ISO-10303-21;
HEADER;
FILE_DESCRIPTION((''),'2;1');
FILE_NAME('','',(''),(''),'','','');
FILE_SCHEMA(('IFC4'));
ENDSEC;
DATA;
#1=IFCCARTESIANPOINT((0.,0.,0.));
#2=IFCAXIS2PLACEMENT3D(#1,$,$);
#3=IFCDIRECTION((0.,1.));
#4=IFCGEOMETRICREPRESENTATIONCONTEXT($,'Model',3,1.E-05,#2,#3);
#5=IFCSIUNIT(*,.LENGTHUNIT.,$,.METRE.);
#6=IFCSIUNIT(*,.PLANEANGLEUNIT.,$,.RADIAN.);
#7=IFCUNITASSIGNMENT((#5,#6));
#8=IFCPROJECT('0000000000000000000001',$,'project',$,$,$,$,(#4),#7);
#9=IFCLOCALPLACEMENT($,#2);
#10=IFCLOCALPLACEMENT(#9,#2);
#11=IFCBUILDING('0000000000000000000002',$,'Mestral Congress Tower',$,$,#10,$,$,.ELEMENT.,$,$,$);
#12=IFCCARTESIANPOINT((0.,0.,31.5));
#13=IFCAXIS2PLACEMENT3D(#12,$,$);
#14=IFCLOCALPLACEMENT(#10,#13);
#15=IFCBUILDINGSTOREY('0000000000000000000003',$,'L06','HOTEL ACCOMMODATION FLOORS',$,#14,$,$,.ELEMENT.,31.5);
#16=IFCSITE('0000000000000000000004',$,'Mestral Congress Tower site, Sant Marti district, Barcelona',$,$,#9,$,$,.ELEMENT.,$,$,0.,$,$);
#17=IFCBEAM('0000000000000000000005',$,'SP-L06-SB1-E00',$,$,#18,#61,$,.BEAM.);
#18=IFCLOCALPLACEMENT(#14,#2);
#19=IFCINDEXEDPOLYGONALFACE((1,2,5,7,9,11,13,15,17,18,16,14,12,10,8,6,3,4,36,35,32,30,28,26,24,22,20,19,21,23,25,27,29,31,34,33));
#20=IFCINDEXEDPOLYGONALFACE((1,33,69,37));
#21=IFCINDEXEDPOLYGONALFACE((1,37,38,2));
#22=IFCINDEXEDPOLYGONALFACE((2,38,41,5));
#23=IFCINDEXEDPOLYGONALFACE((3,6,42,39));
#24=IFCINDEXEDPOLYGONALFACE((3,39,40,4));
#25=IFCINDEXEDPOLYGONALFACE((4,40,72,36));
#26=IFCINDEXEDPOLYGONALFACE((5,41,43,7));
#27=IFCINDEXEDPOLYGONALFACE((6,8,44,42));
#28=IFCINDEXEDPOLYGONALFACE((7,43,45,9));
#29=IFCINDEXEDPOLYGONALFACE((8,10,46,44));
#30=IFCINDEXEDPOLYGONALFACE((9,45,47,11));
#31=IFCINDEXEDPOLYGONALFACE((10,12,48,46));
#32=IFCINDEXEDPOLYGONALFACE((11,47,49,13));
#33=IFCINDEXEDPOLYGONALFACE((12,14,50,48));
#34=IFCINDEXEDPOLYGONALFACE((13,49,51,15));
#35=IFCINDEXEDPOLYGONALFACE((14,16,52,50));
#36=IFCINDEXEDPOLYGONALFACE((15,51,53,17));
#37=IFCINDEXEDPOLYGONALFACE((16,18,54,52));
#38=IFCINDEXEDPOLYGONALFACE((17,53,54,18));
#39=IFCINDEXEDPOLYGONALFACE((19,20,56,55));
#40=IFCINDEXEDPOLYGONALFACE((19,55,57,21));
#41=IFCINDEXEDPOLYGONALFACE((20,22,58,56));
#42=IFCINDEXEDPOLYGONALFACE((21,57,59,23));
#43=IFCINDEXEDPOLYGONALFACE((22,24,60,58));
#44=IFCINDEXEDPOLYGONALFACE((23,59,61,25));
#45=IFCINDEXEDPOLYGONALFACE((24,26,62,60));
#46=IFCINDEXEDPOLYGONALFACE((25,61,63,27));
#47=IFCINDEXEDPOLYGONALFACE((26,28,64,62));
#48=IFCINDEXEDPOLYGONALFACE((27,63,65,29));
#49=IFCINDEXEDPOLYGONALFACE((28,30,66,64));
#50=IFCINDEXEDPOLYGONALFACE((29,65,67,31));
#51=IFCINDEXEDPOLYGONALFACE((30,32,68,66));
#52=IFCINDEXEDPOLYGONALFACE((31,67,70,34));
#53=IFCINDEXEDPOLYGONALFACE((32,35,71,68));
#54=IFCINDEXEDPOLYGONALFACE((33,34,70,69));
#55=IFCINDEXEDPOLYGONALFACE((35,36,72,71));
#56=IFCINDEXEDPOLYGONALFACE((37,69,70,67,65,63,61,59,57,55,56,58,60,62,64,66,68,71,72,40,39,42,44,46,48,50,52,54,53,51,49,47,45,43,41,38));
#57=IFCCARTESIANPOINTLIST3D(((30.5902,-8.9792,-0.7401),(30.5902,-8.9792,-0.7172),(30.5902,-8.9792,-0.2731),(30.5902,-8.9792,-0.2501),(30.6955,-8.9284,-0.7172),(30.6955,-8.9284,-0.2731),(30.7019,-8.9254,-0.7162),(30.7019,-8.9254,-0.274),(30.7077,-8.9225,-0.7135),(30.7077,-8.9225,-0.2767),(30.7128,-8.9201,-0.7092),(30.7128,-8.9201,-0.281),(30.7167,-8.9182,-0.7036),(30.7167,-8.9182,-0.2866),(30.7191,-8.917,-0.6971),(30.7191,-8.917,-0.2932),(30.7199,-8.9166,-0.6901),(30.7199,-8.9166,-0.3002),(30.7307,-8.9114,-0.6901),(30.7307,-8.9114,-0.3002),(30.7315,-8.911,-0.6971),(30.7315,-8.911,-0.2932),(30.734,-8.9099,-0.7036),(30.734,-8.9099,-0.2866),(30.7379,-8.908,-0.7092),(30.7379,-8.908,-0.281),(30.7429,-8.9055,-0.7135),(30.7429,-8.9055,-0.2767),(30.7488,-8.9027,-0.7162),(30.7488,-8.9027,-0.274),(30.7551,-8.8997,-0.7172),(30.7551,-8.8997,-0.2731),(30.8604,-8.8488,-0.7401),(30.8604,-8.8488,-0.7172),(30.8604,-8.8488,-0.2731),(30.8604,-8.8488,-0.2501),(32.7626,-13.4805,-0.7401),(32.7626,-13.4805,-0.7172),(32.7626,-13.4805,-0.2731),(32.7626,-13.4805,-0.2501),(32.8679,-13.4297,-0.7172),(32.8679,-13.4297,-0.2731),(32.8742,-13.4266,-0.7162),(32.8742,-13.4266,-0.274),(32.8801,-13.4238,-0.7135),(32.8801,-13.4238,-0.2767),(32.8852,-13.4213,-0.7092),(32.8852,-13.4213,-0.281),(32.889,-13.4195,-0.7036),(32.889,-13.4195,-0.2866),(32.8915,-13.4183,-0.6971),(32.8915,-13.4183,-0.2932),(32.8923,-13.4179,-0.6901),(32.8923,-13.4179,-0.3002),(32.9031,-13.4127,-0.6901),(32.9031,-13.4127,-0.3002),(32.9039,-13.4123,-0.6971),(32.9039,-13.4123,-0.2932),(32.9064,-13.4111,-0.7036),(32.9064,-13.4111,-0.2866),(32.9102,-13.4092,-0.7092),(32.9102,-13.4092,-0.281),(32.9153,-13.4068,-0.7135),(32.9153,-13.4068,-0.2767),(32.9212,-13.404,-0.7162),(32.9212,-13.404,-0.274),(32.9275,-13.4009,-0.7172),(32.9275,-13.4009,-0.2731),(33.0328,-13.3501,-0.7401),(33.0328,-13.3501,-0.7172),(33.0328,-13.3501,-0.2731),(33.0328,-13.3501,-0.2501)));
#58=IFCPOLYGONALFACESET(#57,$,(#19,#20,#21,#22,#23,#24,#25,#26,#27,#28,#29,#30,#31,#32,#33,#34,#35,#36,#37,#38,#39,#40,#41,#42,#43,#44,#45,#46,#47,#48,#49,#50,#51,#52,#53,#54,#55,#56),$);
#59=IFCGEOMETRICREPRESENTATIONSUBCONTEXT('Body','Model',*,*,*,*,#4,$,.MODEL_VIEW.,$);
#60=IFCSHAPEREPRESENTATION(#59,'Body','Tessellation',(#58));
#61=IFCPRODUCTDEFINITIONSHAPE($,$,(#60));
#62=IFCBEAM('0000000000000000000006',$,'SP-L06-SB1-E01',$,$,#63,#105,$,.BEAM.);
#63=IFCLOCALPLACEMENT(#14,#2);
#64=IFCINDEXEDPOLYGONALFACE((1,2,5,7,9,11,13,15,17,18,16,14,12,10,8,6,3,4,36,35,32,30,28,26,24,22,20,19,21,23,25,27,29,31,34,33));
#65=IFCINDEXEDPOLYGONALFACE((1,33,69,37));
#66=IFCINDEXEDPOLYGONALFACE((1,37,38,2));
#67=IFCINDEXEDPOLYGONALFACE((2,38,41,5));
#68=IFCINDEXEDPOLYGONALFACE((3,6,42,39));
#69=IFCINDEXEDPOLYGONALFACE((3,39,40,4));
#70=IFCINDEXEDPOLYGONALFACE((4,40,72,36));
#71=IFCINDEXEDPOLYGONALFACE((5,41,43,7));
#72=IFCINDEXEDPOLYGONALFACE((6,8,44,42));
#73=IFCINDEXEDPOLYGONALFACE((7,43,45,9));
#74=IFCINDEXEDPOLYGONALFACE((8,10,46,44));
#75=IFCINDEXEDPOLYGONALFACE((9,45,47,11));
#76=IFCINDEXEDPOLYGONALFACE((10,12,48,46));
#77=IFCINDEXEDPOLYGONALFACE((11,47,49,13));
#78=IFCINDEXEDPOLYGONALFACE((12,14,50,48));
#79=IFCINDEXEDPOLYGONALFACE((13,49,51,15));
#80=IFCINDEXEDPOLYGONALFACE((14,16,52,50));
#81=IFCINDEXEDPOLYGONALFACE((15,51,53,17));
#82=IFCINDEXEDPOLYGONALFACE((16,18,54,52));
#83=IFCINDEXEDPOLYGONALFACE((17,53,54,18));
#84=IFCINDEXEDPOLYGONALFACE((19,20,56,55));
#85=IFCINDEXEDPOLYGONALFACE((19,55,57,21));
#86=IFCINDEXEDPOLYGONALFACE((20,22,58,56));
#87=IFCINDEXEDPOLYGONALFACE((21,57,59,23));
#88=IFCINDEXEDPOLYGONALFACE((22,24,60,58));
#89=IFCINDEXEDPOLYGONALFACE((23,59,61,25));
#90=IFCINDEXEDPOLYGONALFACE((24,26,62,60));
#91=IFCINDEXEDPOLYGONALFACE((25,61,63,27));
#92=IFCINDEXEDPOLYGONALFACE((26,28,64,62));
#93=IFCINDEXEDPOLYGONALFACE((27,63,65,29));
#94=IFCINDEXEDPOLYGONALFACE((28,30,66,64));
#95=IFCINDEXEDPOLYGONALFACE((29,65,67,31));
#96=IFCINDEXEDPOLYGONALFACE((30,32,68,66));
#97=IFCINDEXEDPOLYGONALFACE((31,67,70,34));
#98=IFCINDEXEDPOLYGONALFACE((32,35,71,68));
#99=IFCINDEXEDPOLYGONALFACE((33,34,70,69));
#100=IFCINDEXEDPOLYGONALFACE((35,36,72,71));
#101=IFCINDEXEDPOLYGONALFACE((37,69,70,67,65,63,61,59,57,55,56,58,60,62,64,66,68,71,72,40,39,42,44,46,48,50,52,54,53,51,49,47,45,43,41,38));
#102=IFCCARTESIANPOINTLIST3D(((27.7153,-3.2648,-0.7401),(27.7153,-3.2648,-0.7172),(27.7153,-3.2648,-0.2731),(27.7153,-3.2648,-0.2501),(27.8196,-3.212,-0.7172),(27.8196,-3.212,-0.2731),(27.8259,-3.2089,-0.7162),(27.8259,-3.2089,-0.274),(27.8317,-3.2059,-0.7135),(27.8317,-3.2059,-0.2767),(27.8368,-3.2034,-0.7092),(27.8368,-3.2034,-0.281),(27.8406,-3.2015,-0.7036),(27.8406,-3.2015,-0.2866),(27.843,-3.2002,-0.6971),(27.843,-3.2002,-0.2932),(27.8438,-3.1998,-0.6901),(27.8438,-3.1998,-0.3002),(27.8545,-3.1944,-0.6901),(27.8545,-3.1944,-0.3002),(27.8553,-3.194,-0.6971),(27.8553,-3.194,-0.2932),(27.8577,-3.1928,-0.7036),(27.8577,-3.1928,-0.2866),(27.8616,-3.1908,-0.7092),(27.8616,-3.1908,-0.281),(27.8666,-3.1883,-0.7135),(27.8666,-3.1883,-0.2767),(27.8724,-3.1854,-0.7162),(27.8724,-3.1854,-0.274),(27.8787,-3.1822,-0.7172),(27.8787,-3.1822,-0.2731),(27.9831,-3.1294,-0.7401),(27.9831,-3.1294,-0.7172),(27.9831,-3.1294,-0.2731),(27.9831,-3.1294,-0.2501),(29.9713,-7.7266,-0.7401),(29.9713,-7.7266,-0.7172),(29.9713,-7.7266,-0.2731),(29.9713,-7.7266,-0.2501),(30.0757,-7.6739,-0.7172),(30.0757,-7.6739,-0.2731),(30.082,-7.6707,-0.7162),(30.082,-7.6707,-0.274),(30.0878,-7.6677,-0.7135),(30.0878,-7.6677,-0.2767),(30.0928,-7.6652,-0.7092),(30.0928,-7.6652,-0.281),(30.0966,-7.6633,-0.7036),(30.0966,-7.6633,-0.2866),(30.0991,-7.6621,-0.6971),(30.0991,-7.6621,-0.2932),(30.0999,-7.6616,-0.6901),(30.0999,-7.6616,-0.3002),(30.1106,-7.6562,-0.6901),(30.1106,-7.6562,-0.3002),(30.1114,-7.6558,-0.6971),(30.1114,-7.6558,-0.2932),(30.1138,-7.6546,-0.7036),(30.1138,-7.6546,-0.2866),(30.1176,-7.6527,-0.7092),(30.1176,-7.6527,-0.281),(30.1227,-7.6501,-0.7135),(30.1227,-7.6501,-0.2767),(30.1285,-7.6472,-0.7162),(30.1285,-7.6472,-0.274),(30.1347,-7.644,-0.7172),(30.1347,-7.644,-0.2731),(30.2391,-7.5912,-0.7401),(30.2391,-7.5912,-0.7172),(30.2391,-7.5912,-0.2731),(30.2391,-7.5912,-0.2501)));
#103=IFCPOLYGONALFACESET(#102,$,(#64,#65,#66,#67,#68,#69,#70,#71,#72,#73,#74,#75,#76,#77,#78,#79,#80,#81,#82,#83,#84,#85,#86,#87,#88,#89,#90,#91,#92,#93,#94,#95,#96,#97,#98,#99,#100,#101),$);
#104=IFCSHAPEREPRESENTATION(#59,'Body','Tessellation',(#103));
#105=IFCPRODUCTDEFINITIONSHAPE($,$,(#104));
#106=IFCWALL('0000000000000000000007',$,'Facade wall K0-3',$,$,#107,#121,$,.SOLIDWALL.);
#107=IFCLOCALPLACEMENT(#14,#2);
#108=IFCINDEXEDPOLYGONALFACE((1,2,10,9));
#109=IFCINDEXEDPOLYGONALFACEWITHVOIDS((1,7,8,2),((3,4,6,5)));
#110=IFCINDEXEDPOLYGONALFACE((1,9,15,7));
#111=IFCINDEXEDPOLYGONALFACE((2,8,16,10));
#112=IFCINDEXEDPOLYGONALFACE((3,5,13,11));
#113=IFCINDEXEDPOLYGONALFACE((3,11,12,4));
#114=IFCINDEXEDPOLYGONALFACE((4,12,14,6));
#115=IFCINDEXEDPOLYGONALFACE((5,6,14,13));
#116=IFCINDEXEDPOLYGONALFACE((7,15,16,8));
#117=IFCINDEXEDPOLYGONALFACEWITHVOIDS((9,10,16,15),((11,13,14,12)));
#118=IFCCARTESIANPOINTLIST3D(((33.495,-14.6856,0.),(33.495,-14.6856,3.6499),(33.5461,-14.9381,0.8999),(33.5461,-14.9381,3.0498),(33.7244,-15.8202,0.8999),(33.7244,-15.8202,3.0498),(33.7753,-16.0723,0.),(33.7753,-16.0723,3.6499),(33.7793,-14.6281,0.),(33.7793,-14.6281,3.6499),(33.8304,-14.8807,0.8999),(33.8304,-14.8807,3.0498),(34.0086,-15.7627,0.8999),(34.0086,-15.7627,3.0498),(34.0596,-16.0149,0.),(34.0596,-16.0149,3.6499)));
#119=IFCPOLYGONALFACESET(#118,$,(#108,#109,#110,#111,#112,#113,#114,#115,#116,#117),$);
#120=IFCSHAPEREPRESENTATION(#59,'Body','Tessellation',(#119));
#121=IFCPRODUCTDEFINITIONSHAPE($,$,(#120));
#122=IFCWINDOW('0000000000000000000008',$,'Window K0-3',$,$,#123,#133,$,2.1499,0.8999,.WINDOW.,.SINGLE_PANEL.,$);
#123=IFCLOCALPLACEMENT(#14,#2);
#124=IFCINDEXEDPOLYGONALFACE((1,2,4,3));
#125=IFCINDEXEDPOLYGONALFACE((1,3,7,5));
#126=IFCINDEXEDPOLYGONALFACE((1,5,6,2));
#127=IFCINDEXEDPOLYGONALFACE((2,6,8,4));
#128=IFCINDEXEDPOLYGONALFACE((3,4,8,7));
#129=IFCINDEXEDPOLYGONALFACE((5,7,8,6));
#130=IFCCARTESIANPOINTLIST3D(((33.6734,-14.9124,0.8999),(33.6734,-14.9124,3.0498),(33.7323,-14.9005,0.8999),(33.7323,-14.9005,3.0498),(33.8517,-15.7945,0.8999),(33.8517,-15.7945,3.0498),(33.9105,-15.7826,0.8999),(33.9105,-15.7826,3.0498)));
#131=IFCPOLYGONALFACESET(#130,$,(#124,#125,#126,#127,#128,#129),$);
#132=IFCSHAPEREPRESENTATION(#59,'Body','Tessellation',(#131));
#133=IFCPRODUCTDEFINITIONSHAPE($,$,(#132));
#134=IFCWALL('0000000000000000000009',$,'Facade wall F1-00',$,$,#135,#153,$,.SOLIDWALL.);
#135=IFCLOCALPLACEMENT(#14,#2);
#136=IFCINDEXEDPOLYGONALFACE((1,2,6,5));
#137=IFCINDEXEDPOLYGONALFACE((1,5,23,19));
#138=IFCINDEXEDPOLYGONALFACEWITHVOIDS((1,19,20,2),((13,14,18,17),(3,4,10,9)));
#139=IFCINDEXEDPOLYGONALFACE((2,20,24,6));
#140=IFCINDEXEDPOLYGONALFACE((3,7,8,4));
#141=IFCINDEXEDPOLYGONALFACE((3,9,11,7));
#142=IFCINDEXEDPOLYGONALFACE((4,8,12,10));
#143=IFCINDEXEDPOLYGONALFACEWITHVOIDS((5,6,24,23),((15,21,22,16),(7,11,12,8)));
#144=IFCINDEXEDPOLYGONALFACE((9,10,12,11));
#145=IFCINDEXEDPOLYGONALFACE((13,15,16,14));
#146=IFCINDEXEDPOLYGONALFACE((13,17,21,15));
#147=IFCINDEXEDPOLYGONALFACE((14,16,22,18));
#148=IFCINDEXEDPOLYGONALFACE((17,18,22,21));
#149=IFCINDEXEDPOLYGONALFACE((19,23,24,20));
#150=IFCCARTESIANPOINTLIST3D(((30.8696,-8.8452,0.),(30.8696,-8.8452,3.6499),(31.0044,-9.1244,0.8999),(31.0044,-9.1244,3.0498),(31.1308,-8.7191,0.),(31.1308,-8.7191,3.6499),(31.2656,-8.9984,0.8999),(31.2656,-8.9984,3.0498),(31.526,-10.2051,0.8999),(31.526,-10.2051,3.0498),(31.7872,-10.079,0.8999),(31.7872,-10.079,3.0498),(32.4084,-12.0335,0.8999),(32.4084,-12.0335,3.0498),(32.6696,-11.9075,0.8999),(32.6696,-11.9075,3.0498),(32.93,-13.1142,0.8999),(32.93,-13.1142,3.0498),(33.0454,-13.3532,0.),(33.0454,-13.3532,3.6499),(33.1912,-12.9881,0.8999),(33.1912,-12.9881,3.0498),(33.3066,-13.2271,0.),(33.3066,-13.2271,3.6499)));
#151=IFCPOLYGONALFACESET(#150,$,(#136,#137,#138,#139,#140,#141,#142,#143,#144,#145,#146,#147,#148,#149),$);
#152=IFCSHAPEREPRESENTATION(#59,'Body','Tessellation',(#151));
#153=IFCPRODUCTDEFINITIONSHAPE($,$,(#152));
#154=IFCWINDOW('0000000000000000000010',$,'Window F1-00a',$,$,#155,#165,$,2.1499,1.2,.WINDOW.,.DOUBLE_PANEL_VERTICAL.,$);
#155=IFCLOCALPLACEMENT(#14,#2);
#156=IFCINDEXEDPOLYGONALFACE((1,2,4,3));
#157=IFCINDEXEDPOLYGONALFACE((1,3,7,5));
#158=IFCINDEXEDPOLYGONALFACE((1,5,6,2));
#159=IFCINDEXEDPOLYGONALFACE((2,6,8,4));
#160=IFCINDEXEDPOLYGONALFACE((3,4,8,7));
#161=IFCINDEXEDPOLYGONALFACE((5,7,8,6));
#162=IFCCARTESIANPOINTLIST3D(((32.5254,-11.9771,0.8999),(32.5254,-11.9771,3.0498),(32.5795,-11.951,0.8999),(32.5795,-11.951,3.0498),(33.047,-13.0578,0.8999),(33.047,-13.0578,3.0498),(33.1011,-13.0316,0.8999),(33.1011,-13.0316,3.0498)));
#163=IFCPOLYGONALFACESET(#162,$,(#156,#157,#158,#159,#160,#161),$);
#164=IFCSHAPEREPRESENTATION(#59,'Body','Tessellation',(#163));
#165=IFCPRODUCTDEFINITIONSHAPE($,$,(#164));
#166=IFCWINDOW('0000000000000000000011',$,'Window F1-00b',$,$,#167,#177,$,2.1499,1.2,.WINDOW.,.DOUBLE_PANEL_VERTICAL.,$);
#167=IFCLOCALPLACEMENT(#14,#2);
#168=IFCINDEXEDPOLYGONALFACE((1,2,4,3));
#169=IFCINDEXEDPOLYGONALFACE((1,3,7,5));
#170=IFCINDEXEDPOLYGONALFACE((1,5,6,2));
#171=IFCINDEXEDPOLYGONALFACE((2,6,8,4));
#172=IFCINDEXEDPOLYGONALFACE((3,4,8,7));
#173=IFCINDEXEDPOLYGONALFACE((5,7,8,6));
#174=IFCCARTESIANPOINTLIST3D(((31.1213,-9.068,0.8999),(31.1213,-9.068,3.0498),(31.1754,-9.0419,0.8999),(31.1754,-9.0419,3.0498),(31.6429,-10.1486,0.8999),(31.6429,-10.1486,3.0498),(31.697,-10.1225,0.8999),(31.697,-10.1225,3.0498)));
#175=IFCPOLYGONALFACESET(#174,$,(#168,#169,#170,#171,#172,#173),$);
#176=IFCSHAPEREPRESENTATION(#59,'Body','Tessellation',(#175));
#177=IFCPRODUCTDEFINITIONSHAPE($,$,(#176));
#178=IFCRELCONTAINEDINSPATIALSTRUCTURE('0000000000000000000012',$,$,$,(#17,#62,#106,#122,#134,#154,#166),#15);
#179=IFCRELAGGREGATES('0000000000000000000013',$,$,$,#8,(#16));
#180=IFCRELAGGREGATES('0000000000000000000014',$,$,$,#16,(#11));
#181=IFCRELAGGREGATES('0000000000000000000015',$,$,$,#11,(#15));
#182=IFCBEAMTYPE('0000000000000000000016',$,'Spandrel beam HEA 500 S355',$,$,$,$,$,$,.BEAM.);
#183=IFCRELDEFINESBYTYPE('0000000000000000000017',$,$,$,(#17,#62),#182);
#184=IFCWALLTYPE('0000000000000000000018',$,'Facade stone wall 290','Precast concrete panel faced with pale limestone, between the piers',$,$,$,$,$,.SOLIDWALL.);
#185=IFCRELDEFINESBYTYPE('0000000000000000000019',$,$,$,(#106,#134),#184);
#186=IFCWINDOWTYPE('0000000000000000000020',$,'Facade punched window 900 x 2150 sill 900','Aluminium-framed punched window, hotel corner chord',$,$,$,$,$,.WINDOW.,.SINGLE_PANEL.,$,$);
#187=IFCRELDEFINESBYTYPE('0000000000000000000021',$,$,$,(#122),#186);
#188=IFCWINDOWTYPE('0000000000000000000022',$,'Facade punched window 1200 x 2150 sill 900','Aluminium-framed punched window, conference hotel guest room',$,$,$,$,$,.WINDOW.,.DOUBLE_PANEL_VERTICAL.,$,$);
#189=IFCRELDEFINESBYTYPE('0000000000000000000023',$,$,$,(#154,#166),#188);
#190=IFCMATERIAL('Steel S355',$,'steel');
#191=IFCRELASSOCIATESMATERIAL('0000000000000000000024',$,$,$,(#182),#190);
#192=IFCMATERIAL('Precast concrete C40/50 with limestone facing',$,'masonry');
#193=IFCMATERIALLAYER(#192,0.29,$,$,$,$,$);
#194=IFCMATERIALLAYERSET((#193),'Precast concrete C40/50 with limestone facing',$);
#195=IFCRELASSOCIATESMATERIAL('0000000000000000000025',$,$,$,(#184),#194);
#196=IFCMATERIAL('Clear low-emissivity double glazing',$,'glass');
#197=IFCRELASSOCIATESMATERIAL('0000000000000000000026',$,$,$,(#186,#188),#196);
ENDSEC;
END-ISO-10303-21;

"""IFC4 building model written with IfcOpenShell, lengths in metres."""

from ifc_helpers import new_model, si_unit, direction, frame, frame_2d, origin, origin_2d, place, context, subcontext, project, spatial, rectangle, i_section, extrude, material, layer, layer_set, material_profile, profile_set, type_object, element, fill, save


model = new_model("IFC4")

# Units and contexts
model_context = context("Model", 3, precision=1e-05, world=origin(), true_north=direction((0.0, 1.0)))
body_context = subcontext(model_context, "Body", "Model", "MODEL_VIEW")
ifc_project = project(units=[si_unit("LENGTHUNIT", "METRE"), si_unit("PLANEANGLEUNIT", "RADIAN")], contexts=[model_context])

# Site, building, storey
site_placement = place(None, origin())
site = spatial("IfcSite", under=ifc_project, at=site_placement, Name="Mestral Congress Tower site, Sant Marti district, Barcelona", CompositionType="ELEMENT", RefElevation=0.0)
building_placement = place(site_placement, origin())
building = spatial("IfcBuilding", under=site, at=building_placement, Name="Mestral Congress Tower", CompositionType="ELEMENT")
storey_placement = place(building_placement, frame((0.0, 0.0, 31.5)))
storey = spatial("IfcBuildingStorey", under=building, at=storey_placement, Name="L06", Description="HOTEL ACCOMMODATION FLOORS", CompositionType="ELEMENT", Elevation=31.5)

# Beams
ifc_material_1 = material(Name="Steel S355", Category="steel")
ifc_material_profile_1 = material_profile(ifc_material_1, i_section(OverallWidth=0.3, OverallDepth=0.49, WebThickness=0.012, FlangeThickness=0.0229, FilletRadius=0.0271, at=origin_2d()), Name="HEA 500")
ifc_profile_set_1 = profile_set([ifc_material_profile_1], Name="Steel S355")
beam_type_1 = type_object("IfcBeamType", Name="Spandrel beam HEA 500 S355", PredefinedType="BEAM", material=ifc_profile_set_1)
beam_1_placement = place(storey_placement, frame((32.8977, -13.4153, -0.4951), z_axis=(-0.434645, 0.900602, 0.0), x_axis=(-0.900602, -0.434645, 0.0)))
element("IfcBeam", 1, at=beam_1_placement, inside=storey, type_object=beam_type_1, Name="SP-L06-SB1-E00", PredefinedType="BEAM", context=body_context, shape_type="SweptSolid", body=[
    extrude(i_section(OverallWidth=0.3, OverallDepth=0.49, WebThickness=0.012, FlangeThickness=0.0229, FilletRadius=0.0271, at=origin_2d()), origin(), (0.0, 0.0, 1.0), 4.998),
])
beam_2_placement = place(storey_placement, frame((30.1052, -7.6589, -0.4951), z_axis=(-0.451233, 0.892406, 0.0), x_axis=(-0.892406, -0.451233, 0.0)))
element("IfcBeam", 2, at=beam_2_placement, inside=storey, type_object=beam_type_1, Name="SP-L06-SB1-E01", PredefinedType="BEAM", context=body_context, shape_type="SweptSolid", body=[
    extrude(i_section(OverallWidth=0.3, OverallDepth=0.49, WebThickness=0.012, FlangeThickness=0.0229, FilletRadius=0.0271, at=origin_2d()), origin(), (0.0, 0.0, 1.0), 4.9998),
])

# Wall, opening, window
ifc_material_2 = material(Name="Precast concrete C40/50 with limestone facing", Category="masonry")
ifc_layer_1 = layer(ifc_material_2, 0.29)
ifc_layer_set_1 = layer_set([ifc_layer_1], Name="Precast concrete C40/50 with limestone facing")
wall_type_1 = type_object("IfcWallType", Name="Facade stone wall 290", Description="Precast concrete panel faced with pale limestone, between the piers", PredefinedType="SOLIDWALL", material=ifc_layer_set_1)
wall_1_placement = place(storey_placement, frame((33.9175, -16.0437, 0.0), z_axis=(0.0, 0.0, 1.0), x_axis=(-0.198107, 0.98018, 0.0)))
wall_1 = element("IfcWall", 3, at=wall_1_placement, inside=storey, type_object=wall_type_1, Name="Facade wall K0-3", PredefinedType="SOLIDWALL", context=body_context, shape_type="SweptSolid", body=[
    extrude(rectangle(XDim=1.4148, YDim=0.29, at=frame_2d((0.7075, 0.0))), origin(), (0.0, 0.0, 1.0), 3.6499),
])
opening_1_placement = place(wall_1_placement, frame((0.2573, 0.0, 0.8999)))
opening_1 = element("IfcOpeningElement", 4, at=opening_1_placement, cuts=wall_1, PredefinedType="OPENING", context=body_context, shape_type="SweptSolid", body=[
    extrude(rectangle(XDim=0.8999, YDim=2.1499, at=frame_2d((0.45, 1.075))), frame((0.0, 0.155, 0.0), z_axis=(0.0, -1.0, 0.0), x_axis=(1.0, 0.0, 0.0)), (0.0, 0.0, 1.0), 0.3101),
])
ifc_material_3 = material(Name="Clear low-emissivity double glazing", Category="glass")
window_type_1 = type_object("IfcWindowType", Name="Facade punched window 900 x 2150 sill 900", Description="Aluminium-framed punched window, hotel corner chord", PartitioningType="SINGLE_PANEL", PredefinedType="WINDOW", material=ifc_material_3)
window_1_placement = place(opening_1_placement, origin())
window_1 = element("IfcWindow", 5, at=window_1_placement, inside=storey, type_object=window_type_1, Name="Window K0-3", OverallHeight=2.1499, OverallWidth=0.8999, PartitioningType="SINGLE_PANEL", PredefinedType="WINDOW", context=body_context, shape_type="SweptSolid", body=[
    extrude(rectangle(XDim=0.8999, YDim=2.1499, at=frame_2d((0.45, 1.075))), frame((0.0, 0.0151, 0.0), z_axis=(0.0, -1.0, 0.0), x_axis=(1.0, 0.0, 0.0)), (0.0, 0.0, 1.0), 0.0601),
])
fill(opening_1, window_1)

# Wall, openings, windows
wall_2_placement = place(storey_placement, frame((33.176, -13.2903, 0.0), z_axis=(0.0, 0.0, 1.0), x_axis=(-0.434664, 0.900592, 0.0)))
wall_2 = element("IfcWall", 6, at=wall_2_placement, inside=storey, type_object=wall_type_1, Name="Facade wall F1-00", PredefinedType="SOLIDWALL", context=body_context, shape_type="SweptSolid", body=[
    extrude(rectangle(XDim=5.0056, YDim=0.29, at=frame_2d((2.5029, 0.0))), origin(), (0.0, 0.0, 1.0), 3.6499),
])
opening_2_placement = place(wall_2_placement, frame((0.2654, 0.0, 0.8999)))
opening_2 = element("IfcOpeningElement", 7, at=opening_2_placement, cuts=wall_2, PredefinedType="OPENING", context=body_context, shape_type="SweptSolid", body=[
    extrude(rectangle(XDim=1.2, YDim=2.1499, at=frame_2d((0.6001, 1.075))), frame((0.0, 0.155, 0.0), z_axis=(0.0, -1.0, 0.0), x_axis=(1.0, 0.0, 0.0)), (0.0, 0.0, 1.0), 0.3101),
])
opening_3_placement = place(wall_2_placement, frame((3.4956, 0.0, 0.8999)))
opening_3 = element("IfcOpeningElement", 8, at=opening_3_placement, cuts=wall_2, PredefinedType="OPENING", context=body_context, shape_type="SweptSolid", body=[
    extrude(rectangle(XDim=1.2, YDim=2.1499, at=frame_2d((0.6001, 1.075))), frame((0.0, 0.155, 0.0), z_axis=(0.0, -1.0, 0.0), x_axis=(1.0, 0.0, 0.0)), (0.0, 0.0, 1.0), 0.3101),
])
window_type_2 = type_object("IfcWindowType", Name="Facade punched window 1200 x 2150 sill 900", Description="Aluminium-framed punched window, conference hotel guest room", PartitioningType="DOUBLE_PANEL_VERTICAL", PredefinedType="WINDOW", material=ifc_material_3)
window_2_placement = place(opening_2_placement, origin())
window_2 = element("IfcWindow", 9, at=window_2_placement, inside=storey, type_object=window_type_2, Name="Window F1-00a", OverallHeight=2.1499, OverallWidth=1.2, PartitioningType="DOUBLE_PANEL_VERTICAL", PredefinedType="WINDOW", context=body_context, shape_type="SweptSolid", body=[
    extrude(rectangle(XDim=1.2, YDim=2.1499, at=frame_2d((0.6001, 1.075))), frame((0.0, 0.0151, 0.0), z_axis=(0.0, -1.0, 0.0), x_axis=(1.0, 0.0, 0.0)), (0.0, 0.0, 1.0), 0.0601),
])
fill(opening_2, window_2)
window_3_placement = place(opening_3_placement, origin())
window_3 = element("IfcWindow", 10, at=window_3_placement, inside=storey, type_object=window_type_2, Name="Window F1-00b", OverallHeight=2.1499, OverallWidth=1.2, PartitioningType="DOUBLE_PANEL_VERTICAL", PredefinedType="WINDOW", context=body_context, shape_type="SweptSolid", body=[
    extrude(rectangle(XDim=1.2, YDim=2.1499, at=frame_2d((0.6001, 1.075))), frame((0.0, 0.0151, 0.0), z_axis=(0.0, -1.0, 0.0), x_axis=(1.0, 0.0, 0.0)), (0.0, 0.0, 1.0), 0.0601),
])
fill(opening_3, window_3)

save(model, "model.ifc")
